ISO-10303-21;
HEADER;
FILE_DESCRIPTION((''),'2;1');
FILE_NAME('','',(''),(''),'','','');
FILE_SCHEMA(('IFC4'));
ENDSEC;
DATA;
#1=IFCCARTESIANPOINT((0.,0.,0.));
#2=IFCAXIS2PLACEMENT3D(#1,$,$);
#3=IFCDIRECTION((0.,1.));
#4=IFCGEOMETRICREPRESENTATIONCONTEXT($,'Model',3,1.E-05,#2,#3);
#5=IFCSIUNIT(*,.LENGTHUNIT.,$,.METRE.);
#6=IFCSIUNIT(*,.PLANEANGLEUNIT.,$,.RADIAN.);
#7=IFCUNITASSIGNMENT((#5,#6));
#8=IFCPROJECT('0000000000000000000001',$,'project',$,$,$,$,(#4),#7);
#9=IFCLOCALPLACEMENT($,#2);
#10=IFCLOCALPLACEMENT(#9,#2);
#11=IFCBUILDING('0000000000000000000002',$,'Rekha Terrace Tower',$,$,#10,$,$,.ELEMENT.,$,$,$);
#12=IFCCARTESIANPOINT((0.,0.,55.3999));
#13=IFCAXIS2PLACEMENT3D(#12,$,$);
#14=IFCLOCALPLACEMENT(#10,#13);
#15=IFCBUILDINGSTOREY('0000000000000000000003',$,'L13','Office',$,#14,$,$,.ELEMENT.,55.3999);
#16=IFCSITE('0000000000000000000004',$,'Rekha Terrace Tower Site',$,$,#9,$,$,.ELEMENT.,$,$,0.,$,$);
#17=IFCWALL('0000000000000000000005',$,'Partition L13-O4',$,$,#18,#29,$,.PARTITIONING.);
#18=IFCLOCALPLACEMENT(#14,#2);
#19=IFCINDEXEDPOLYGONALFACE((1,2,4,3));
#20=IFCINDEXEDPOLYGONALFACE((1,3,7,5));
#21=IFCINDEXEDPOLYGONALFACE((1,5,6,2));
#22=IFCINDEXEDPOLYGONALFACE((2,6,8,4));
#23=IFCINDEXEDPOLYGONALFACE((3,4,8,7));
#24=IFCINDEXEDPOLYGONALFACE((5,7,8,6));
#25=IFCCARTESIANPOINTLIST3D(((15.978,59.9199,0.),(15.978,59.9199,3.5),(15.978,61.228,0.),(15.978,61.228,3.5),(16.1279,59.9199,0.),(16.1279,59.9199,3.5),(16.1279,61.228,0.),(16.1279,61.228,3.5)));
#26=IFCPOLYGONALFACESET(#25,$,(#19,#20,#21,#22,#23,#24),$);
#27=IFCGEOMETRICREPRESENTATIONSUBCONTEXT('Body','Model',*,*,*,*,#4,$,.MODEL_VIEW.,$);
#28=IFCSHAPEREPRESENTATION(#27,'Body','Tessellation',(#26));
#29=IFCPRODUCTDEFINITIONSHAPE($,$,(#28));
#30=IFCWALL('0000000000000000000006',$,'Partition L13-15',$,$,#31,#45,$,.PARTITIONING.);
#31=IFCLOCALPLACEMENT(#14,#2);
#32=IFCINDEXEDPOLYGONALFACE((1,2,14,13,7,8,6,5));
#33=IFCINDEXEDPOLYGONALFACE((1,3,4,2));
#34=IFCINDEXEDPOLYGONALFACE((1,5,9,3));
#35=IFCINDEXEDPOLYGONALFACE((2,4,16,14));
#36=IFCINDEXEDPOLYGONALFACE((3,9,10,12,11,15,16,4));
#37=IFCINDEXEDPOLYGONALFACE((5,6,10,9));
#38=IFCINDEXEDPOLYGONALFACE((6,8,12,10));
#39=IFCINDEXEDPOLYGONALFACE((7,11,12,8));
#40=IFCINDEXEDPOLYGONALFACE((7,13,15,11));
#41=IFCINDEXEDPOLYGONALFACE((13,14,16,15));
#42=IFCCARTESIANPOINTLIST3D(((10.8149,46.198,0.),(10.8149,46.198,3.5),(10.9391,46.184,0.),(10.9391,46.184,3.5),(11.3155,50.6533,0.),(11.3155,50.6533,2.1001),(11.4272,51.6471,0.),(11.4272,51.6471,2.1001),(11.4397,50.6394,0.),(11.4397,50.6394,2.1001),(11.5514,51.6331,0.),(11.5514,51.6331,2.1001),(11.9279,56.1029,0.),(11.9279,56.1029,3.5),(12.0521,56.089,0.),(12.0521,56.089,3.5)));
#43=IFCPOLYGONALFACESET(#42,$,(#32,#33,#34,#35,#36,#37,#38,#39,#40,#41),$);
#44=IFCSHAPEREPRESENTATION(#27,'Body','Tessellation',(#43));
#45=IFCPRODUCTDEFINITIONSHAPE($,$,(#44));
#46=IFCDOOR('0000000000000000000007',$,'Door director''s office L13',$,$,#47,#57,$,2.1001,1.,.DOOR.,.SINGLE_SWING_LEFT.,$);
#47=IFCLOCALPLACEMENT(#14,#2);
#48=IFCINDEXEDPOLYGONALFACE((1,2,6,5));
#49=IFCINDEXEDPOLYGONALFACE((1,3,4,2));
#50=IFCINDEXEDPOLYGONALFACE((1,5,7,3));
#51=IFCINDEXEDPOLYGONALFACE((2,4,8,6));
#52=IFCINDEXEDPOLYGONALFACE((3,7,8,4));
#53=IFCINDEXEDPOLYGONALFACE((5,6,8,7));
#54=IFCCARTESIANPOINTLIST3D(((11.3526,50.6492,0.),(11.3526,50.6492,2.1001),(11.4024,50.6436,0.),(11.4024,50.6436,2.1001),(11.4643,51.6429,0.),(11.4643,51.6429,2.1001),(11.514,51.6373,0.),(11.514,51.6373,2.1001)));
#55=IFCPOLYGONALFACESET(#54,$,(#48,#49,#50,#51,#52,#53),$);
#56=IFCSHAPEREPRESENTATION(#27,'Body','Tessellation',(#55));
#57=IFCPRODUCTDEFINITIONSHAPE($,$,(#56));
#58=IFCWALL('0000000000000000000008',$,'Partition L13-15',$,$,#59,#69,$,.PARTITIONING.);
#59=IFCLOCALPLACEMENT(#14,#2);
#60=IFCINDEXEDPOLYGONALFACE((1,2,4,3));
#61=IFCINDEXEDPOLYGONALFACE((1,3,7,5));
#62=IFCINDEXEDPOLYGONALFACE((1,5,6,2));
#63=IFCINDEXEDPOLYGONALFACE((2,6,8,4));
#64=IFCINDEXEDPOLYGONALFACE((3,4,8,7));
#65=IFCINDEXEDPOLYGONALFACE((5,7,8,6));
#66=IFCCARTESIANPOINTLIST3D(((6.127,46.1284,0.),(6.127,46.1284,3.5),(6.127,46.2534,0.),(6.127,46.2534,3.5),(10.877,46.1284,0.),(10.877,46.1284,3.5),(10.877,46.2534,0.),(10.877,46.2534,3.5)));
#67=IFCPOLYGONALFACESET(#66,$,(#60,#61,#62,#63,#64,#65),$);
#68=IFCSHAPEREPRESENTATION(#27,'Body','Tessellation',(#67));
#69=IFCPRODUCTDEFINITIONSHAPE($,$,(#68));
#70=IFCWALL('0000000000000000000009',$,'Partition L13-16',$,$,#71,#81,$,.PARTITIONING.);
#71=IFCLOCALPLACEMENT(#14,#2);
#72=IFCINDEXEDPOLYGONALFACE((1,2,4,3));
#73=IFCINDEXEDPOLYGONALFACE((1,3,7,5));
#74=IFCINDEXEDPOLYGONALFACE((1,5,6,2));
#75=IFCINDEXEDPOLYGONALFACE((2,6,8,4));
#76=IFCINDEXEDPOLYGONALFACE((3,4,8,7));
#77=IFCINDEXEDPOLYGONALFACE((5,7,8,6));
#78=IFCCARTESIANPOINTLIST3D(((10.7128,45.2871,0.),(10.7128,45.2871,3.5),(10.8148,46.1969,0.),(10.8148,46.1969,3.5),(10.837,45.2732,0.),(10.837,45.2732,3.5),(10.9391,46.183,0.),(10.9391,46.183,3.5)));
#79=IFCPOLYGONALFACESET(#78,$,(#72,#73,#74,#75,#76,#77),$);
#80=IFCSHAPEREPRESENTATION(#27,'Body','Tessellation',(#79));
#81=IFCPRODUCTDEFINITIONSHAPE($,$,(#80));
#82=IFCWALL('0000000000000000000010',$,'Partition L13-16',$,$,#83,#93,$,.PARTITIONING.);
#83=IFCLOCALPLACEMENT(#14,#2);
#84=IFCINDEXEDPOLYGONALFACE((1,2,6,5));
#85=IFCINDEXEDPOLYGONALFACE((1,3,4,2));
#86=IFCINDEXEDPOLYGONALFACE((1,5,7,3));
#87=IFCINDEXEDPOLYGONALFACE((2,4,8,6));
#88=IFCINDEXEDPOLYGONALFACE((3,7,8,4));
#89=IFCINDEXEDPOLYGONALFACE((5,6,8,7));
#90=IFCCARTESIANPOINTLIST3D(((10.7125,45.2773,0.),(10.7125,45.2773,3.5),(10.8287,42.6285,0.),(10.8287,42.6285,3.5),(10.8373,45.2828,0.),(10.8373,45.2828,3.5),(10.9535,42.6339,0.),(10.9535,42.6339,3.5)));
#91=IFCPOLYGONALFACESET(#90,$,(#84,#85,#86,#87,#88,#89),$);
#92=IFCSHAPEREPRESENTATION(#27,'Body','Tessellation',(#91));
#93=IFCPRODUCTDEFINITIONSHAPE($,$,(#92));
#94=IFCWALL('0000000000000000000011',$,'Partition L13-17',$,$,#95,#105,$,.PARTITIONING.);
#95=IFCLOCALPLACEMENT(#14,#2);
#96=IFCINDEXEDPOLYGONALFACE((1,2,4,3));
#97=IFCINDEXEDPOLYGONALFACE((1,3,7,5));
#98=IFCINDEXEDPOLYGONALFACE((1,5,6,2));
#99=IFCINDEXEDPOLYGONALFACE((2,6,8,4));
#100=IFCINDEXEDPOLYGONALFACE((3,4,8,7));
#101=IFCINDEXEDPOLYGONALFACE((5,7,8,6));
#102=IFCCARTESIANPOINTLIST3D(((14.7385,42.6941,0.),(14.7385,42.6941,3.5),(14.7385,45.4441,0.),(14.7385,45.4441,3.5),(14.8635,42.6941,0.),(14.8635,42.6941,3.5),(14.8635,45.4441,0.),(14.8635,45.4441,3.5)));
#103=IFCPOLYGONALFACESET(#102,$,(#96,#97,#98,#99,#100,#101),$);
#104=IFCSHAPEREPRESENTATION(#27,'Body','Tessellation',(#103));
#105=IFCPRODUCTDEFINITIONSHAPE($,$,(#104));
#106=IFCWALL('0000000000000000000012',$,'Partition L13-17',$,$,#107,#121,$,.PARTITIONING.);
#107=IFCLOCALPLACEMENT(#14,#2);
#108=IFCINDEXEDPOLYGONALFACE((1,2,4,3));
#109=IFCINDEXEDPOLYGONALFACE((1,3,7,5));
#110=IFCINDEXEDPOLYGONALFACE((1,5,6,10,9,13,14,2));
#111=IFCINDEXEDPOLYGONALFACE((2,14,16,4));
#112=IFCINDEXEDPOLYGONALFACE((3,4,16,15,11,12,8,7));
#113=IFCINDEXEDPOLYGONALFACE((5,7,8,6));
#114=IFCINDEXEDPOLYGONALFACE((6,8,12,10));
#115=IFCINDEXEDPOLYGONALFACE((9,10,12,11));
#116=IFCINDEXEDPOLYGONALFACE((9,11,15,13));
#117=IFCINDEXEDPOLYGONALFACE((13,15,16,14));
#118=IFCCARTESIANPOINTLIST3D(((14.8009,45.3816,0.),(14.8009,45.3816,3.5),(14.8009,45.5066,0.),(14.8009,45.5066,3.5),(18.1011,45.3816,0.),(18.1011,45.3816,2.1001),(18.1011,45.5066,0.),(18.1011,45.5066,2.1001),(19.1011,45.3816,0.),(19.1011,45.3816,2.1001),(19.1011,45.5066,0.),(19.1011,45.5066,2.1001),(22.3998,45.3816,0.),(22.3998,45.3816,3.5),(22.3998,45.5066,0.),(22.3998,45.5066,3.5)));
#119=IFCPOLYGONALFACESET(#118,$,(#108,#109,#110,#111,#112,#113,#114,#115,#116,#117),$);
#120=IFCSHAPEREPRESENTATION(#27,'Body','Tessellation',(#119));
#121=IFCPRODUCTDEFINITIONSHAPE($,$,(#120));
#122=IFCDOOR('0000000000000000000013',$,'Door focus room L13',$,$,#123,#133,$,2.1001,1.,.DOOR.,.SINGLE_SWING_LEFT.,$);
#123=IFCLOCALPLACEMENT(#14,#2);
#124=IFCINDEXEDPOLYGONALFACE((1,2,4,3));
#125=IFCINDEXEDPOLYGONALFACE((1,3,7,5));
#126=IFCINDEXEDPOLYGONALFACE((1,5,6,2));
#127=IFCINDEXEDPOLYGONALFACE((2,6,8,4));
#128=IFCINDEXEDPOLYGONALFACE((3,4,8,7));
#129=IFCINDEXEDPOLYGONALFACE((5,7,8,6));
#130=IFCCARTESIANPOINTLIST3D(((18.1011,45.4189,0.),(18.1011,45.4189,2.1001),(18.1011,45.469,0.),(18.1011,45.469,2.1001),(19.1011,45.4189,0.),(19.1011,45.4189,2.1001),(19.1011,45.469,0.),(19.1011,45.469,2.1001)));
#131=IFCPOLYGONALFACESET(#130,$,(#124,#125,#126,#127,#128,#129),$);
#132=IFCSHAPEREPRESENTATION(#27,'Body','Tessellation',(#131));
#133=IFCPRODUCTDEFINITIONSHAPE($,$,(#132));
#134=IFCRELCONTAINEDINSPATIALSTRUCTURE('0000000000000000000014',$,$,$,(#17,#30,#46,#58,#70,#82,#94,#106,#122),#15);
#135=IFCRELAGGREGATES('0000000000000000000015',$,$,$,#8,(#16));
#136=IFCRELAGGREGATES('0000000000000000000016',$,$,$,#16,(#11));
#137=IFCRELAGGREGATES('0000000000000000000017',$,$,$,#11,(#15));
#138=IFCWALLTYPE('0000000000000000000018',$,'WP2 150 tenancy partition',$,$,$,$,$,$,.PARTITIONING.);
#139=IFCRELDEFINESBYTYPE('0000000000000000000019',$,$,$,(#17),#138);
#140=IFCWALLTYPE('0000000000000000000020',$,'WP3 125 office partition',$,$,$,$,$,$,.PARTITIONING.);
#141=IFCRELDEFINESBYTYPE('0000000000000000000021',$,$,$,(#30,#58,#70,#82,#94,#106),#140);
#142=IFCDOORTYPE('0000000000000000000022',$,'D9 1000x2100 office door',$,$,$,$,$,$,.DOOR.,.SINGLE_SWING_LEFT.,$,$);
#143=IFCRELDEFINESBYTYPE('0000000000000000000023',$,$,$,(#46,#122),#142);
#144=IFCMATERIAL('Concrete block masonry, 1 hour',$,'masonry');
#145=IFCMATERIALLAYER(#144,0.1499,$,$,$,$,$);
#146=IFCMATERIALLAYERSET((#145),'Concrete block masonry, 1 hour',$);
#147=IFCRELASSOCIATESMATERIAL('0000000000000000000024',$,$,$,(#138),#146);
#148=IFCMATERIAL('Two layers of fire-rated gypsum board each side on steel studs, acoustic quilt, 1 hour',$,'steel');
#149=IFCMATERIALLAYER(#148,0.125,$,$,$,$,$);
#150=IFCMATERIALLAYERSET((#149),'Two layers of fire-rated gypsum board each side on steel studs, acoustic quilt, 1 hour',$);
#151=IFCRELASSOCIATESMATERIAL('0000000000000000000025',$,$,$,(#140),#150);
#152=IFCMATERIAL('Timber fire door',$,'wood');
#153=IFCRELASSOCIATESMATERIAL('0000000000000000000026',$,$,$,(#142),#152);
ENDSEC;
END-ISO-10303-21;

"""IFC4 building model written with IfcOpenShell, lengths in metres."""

from ifc_helpers import new_model, si_unit, direction, frame, frame_2d, origin, place, context, subcontext, project, spatial, rectangle, extrude, material, layer, layer_set, type_object, element, fill, save


model = new_model("IFC4")

# Units and contexts
model_context = context("Model", 3, precision=1e-05, world=origin(), true_north=direction((0.0, 1.0)))
body_context = subcontext(model_context, "Body", "Model", "MODEL_VIEW")
ifc_project = project(units=[si_unit("LENGTHUNIT", "METRE"), si_unit("PLANEANGLEUNIT", "RADIAN")], contexts=[model_context])

# Site, building, storey
site_placement = place(None, origin())
site = spatial("IfcSite", under=ifc_project, at=site_placement, Name="Rekha Terrace Tower Site", CompositionType="ELEMENT", RefElevation=0.0)
building_placement = place(site_placement, origin())
building = spatial("IfcBuilding", under=site, at=building_placement, Name="Rekha Terrace Tower", CompositionType="ELEMENT")
storey_placement = place(building_placement, frame((0.0, 0.0, 55.3999)))
storey = spatial("IfcBuildingStorey", under=building, at=storey_placement, Name="L13", Description="Office", CompositionType="ELEMENT", Elevation=55.3999)

# Wall
ifc_material_1 = material(Name="Concrete block masonry, 1 hour", Category="masonry")
ifc_layer_1 = layer(ifc_material_1, 0.1499)
ifc_layer_set_1 = layer_set([ifc_layer_1], Name="Concrete block masonry, 1 hour")
wall_type_1 = type_object("IfcWallType", Name="WP2 150 tenancy partition", PredefinedType="PARTITIONING", material=ifc_layer_set_1)
wall_1_placement = place(storey_placement, frame((16.053, 59.9199, 0.0), z_axis=(0.0, 0.0, 1.0), x_axis=(0.0, 1.0, 0.0)))
element("IfcWall", 1, at=wall_1_placement, inside=storey, type_object=wall_type_1, Name="Partition L13-O4", PredefinedType="PARTITIONING", context=body_context, shape_type="SweptSolid", body=[
    extrude(rectangle(XDim=1.3081, YDim=0.1499, at=frame_2d((0.6541, 0.0))), origin(), (0.0, 0.0, 1.0), 3.5),
])

# Wall, opening, door
ifc_material_2 = material(Name="Two layers of fire-rated gypsum board each side on steel studs, acoustic quilt, 1 hour", Category="steel")
ifc_layer_2 = layer(ifc_material_2, 0.125)
ifc_layer_set_2 = layer_set([ifc_layer_2], Name="Two layers of fire-rated gypsum board each side on steel studs, acoustic quilt, 1 hour")
wall_type_2 = type_object("IfcWallType", Name="WP3 125 office partition", PredefinedType="PARTITIONING", material=ifc_layer_set_2)
wall_2_placement = place(storey_placement, frame((11.99, 56.0959, 0.0), z_axis=(0.0, 0.0, 1.0), x_axis=(-0.111668, -0.993746, 0.0)))
wall_2 = element("IfcWall", 2, at=wall_2_placement, inside=storey, type_object=wall_type_2, Name="Partition L13-15", PredefinedType="PARTITIONING", context=body_context, shape_type="SweptSolid", body=[
    extrude(rectangle(XDim=9.9673, YDim=0.125, at=frame_2d((4.9836, 0.0))), origin(), (0.0, 0.0, 1.0), 3.5),
])
opening_1_placement = place(wall_2_placement, frame((4.4839, 0.0, 0.0)))
opening_1 = element("IfcOpeningElement", 3, at=opening_1_placement, cuts=wall_2, PredefinedType="OPENING", context=body_context, shape_type="SweptSolid", body=[
    extrude(rectangle(XDim=1.0, YDim=2.1001, at=frame_2d((0.5, 1.05))), frame((0.0, 0.0725, 0.0), z_axis=(0.0, -1.0, 0.0), x_axis=(1.0, 0.0, 0.0)), (0.0, 0.0, 1.0), 0.145),
])
ifc_material_3 = material(Name="Timber fire door", Category="wood")
door_type = type_object("IfcDoorType", Name="D9 1000x2100 office door", OperationType="SINGLE_SWING_LEFT", PredefinedType="DOOR", material=ifc_material_3)
door_1_placement = place(opening_1_placement, origin())
door_1 = element("IfcDoor", 4, at=door_1_placement, inside=storey, type_object=door_type, Name="Door director's office L13", OperationType="SINGLE_SWING_LEFT", OverallHeight=2.1001, OverallWidth=1.0, PredefinedType="DOOR", context=body_context, shape_type="SweptSolid", body=[
    extrude(rectangle(XDim=1.0, YDim=2.1001, at=frame_2d((0.5, 1.05))), frame((0.0, 0.0249, 0.0), z_axis=(0.0, -1.0, 0.0), x_axis=(1.0, 0.0, 0.0)), (0.0, 0.0, 1.0), 0.05),
])
fill(opening_1, door_1)

# Walls
wall_3_placement = place(storey_placement, frame((10.877, 46.1909, 0.0), z_axis=(0.0, 0.0, 1.0), x_axis=(-1.0, 0.0, 0.0)))
element("IfcWall", 5, at=wall_3_placement, inside=storey, type_object=wall_type_2, Name="Partition L13-15", PredefinedType="PARTITIONING", context=body_context, shape_type="SweptSolid", body=[
    extrude(rectangle(XDim=4.75, YDim=0.125, at=frame_2d((2.375, 0.0))), origin(), (0.0, 0.0, 1.0), 3.5),
])
wall_4_placement = place(storey_placement, frame((10.877, 46.1899, 0.0), z_axis=(0.0, 0.0, 1.0), x_axis=(-0.111456, -0.993769, 0.0)))
element("IfcWall", 6, at=wall_4_placement, inside=storey, type_object=wall_type_2, Name="Partition L13-16", PredefinedType="PARTITIONING", context=body_context, shape_type="SweptSolid", body=[
    extrude(rectangle(XDim=0.9155, YDim=0.125, at=frame_2d((0.4578, 0.0))), origin(), (0.0, 0.0, 1.0), 3.5),
])
wall_5_placement = place(storey_placement, frame((10.7749, 45.28, 0.0), z_axis=(0.0, 0.0, 1.0), x_axis=(0.043829, -0.999039, 0.0)))
element("IfcWall", 7, at=wall_5_placement, inside=storey, type_object=wall_type_2, Name="Partition L13-16", PredefinedType="PARTITIONING", context=body_context, shape_type="SweptSolid", body=[
    extrude(rectangle(XDim=2.6514, YDim=0.125, at=frame_2d((1.3257, 0.0))), origin(), (0.0, 0.0, 1.0), 3.5),
])
wall_6_placement = place(storey_placement, frame((14.801, 42.6941, 0.0), z_axis=(0.0, 0.0, 1.0), x_axis=(0.0, 1.0, 0.0)))
element("IfcWall", 8, at=wall_6_placement, inside=storey, type_object=wall_type_2, Name="Partition L13-17", PredefinedType="PARTITIONING", context=body_context, shape_type="SweptSolid", body=[
    extrude(rectangle(XDim=2.75, YDim=0.125, at=frame_2d((1.375, 0.0))), origin(), (0.0, 0.0, 1.0), 3.5),
])

# Wall, opening, door
wall_7_placement = place(storey_placement, frame((14.801, 45.4441, 0.0), z_axis=(0.0, 0.0, 1.0), x_axis=(1.0, 0.0, 0.0)))
wall_7 = element("IfcWall", 9, at=wall_7_placement, inside=storey, type_object=wall_type_2, Name="Partition L13-17", PredefinedType="PARTITIONING", context=body_context, shape_type="SweptSolid", body=[
    extrude(rectangle(XDim=7.5989, YDim=0.125, at=frame_2d((3.7993, 0.0))), origin(), (0.0, 0.0, 1.0), 3.5),
])
opening_2_placement = place(wall_7_placement, frame((3.3, 0.0, 0.0)))
opening_2 = element("IfcOpeningElement", 10, at=opening_2_placement, cuts=wall_7, PredefinedType="OPENING", context=body_context, shape_type="SweptSolid", body=[
    extrude(rectangle(XDim=1.0, YDim=2.1001, at=frame_2d((0.5, 1.05))), frame((0.0, 0.0725, 0.0), z_axis=(0.0, -1.0, 0.0), x_axis=(1.0, 0.0, 0.0)), (0.0, 0.0, 1.0), 0.145),
])
door_2_placement = place(opening_2_placement, origin())
door_2 = element("IfcDoor", 11, at=door_2_placement, inside=storey, type_object=door_type, Name="Door focus room L13", OperationType="SINGLE_SWING_LEFT", OverallHeight=2.1001, OverallWidth=1.0, PredefinedType="DOOR", context=body_context, shape_type="SweptSolid", body=[
    extrude(rectangle(XDim=1.0, YDim=2.1001, at=frame_2d((0.5, 1.05))), frame((0.0, 0.0249, 0.0), z_axis=(0.0, -1.0, 0.0), x_axis=(1.0, 0.0, 0.0)), (0.0, 0.0, 1.0), 0.05),
])
fill(opening_2, door_2)

save(model, "model.ifc")
